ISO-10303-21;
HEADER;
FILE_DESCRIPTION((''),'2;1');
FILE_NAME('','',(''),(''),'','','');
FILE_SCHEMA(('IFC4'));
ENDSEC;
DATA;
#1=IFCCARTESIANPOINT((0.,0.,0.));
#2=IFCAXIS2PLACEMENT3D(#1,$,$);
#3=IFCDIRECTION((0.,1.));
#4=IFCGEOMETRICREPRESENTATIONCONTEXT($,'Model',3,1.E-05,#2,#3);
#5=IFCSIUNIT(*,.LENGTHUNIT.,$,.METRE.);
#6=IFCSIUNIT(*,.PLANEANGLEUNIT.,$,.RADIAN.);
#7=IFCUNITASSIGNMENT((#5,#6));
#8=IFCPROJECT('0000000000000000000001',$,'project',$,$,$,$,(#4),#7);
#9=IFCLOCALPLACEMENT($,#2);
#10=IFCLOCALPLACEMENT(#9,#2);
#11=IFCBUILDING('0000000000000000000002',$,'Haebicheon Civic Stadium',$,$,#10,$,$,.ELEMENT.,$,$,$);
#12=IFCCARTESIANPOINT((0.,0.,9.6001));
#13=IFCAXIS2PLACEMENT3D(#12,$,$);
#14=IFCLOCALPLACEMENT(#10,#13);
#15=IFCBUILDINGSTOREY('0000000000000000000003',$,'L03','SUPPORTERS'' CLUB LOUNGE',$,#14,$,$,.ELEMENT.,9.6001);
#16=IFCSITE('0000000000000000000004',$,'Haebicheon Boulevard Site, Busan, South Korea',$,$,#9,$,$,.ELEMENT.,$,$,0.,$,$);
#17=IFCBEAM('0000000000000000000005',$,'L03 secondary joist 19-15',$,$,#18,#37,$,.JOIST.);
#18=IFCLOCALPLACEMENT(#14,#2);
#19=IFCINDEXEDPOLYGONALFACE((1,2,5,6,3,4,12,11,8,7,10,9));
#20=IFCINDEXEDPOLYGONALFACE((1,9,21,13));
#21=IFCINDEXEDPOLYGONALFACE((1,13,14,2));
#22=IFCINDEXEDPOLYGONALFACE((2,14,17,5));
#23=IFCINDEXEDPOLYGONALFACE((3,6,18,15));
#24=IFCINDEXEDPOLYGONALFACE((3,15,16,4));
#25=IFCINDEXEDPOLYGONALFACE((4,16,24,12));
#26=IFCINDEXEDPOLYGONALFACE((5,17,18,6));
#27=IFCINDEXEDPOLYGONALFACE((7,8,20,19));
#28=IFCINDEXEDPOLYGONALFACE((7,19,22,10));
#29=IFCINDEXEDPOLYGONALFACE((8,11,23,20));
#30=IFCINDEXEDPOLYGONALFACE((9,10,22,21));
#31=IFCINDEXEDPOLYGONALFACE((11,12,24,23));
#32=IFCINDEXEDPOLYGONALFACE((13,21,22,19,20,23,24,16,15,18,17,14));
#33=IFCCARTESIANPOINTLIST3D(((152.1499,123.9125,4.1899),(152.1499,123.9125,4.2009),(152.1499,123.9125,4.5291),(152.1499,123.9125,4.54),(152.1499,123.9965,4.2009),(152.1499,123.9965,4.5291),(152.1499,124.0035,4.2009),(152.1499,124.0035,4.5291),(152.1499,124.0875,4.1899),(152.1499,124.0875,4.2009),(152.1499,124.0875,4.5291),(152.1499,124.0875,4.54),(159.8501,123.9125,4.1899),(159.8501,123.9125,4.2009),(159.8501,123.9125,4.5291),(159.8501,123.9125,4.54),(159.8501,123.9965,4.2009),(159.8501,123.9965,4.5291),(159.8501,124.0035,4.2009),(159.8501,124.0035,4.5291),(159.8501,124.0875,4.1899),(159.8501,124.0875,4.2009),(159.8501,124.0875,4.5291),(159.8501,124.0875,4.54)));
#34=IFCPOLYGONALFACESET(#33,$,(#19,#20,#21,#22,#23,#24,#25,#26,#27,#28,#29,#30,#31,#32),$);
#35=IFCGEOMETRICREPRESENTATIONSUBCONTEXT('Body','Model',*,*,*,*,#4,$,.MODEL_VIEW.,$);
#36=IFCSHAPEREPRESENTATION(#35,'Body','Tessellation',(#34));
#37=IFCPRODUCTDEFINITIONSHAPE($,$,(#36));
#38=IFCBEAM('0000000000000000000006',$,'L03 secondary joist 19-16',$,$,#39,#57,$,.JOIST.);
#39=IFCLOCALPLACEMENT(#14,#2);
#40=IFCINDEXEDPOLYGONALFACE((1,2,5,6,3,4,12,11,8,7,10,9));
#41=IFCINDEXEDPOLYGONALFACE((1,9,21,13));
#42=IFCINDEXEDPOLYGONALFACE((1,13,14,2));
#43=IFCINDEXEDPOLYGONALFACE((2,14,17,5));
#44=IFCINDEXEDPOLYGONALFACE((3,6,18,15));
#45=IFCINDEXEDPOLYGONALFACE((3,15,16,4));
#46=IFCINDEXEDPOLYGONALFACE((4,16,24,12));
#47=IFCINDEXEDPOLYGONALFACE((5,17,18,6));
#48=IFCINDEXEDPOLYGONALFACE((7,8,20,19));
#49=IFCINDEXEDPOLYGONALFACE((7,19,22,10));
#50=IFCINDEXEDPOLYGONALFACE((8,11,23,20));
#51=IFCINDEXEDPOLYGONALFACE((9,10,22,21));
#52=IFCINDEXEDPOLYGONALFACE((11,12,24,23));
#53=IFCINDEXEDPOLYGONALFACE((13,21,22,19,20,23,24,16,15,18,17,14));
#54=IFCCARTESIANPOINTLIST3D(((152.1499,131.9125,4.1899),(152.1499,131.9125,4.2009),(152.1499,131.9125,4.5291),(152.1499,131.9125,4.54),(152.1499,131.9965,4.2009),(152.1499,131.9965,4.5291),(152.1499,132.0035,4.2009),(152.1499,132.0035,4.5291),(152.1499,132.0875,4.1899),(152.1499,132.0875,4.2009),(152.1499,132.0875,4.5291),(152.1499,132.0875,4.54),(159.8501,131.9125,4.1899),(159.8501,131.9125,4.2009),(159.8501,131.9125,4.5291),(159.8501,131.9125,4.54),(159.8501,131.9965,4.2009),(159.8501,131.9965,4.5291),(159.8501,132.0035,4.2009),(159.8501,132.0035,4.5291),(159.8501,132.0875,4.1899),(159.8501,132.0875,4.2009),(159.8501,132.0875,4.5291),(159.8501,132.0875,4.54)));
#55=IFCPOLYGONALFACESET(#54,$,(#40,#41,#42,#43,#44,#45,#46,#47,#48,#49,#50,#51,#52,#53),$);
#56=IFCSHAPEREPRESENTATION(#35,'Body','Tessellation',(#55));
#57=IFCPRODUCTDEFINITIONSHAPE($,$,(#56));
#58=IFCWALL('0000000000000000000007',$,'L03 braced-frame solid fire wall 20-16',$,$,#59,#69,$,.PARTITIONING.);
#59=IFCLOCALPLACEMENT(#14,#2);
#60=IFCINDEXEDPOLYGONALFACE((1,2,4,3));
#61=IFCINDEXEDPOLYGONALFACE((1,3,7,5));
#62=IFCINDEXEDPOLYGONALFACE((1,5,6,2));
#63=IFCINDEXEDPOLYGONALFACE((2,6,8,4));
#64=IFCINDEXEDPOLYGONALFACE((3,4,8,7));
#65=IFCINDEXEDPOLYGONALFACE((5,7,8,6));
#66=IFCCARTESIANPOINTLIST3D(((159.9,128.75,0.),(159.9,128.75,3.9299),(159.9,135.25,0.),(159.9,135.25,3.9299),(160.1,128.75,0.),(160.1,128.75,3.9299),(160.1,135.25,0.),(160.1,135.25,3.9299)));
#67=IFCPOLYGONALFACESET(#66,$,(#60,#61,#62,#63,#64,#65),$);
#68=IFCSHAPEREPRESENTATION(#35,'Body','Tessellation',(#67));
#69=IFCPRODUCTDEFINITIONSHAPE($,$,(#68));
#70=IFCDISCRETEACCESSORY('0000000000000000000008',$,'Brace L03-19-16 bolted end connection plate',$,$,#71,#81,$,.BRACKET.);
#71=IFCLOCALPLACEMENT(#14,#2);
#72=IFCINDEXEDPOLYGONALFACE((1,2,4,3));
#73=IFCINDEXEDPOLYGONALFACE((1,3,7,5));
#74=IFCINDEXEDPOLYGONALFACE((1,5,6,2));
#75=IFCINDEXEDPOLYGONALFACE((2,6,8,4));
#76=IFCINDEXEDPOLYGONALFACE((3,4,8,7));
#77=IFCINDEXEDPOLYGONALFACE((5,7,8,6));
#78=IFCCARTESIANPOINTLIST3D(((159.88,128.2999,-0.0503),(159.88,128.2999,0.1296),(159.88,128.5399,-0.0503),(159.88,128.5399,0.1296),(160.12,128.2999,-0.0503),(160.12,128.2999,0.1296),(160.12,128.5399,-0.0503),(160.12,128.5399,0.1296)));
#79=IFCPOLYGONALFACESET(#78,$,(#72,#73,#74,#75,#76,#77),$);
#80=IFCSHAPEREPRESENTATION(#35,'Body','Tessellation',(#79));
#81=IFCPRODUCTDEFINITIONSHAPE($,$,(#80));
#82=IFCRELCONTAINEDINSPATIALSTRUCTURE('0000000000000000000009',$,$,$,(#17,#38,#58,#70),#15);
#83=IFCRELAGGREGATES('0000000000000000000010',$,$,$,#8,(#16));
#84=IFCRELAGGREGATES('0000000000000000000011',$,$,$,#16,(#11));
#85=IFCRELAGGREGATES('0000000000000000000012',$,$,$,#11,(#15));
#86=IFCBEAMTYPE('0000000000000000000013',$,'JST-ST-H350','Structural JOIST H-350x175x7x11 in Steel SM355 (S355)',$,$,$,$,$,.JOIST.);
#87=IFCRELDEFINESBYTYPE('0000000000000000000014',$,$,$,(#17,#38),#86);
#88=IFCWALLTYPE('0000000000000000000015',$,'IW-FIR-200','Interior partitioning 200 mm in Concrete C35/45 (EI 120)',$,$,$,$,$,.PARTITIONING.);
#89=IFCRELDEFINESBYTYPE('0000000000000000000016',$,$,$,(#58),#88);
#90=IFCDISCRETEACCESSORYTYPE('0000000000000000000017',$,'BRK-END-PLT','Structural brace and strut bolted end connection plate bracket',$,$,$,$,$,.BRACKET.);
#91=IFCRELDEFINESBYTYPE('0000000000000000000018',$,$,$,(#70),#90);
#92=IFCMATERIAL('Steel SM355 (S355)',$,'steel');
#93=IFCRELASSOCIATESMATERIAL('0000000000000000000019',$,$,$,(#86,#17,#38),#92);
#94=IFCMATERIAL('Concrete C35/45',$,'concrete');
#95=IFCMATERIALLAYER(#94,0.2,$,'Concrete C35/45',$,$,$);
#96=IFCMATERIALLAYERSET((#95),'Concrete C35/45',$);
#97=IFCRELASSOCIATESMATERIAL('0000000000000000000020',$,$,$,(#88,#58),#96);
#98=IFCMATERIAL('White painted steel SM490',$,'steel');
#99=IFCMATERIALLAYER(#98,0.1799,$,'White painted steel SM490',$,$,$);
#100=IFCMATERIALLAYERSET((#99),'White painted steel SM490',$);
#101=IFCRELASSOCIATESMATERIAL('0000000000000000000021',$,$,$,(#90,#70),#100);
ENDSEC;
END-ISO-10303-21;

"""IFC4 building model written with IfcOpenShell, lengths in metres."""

from ifc_helpers import new_model, si_unit, direction, frame, frame_2d, origin, origin_2d, place, context, subcontext, project, spatial, rectangle, i_section, extrude, material, layer, layer_set, material_profile, profile_set, type_object, element, save


model = new_model("IFC4")

# Units and contexts
model_context = context("Model", 3, precision=1e-05, world=origin(), true_north=direction((0.0, 1.0)))
body_context = subcontext(model_context, "Body", "Model", "MODEL_VIEW")
ifc_project = project(units=[si_unit("LENGTHUNIT", "METRE"), si_unit("PLANEANGLEUNIT", "RADIAN")], contexts=[model_context])

# Site, building, storey
site_placement = place(None, origin())
site = spatial("IfcSite", under=ifc_project, at=site_placement, Name="Haebicheon Boulevard Site, Busan, South Korea", CompositionType="ELEMENT", RefElevation=0.0)
building_placement = place(site_placement, origin())
building = spatial("IfcBuilding", under=site, at=building_placement, Name="Haebicheon Civic Stadium", CompositionType="ELEMENT")
storey_placement = place(building_placement, frame((0.0, 0.0, 9.6001)))
storey = spatial("IfcBuildingStorey", under=building, at=storey_placement, Name="L03", Description="SUPPORTERS' CLUB LOUNGE", CompositionType="ELEMENT", Elevation=9.6001)

# Beams
ifc_material_1 = material(Name="Steel SM355 (S355)", Category="steel")
ifc_material_profile_1 = material_profile(ifc_material_1, i_section(OverallWidth=0.175, OverallDepth=0.3501, WebThickness=0.0071, FlangeThickness=0.011, at=origin_2d()), Name="H-350x175x7x11")
ifc_profile_set_1 = profile_set([ifc_material_profile_1], Name="Steel SM355 (S355)")
beam_type_1 = type_object("IfcBeamType", Name="JST-ST-H350", Description="Structural JOIST H-350x175x7x11 in Steel SM355 (S355)", PredefinedType="JOIST", material=ifc_profile_set_1)
for number, where, z_axis, x_axis, name in (
    (1, (152.1499, 124.0, 4.365), (1.0, 0.0, 0.0), (0.0, 1.0, 0.0), "L03 secondary joist 19-15"),
    (2, (152.1499, 132.0, 4.365), (1.0, 0.0, 0.0), (0.0, 1.0, 0.0), "L03 secondary joist 19-16"),
):
    element("IfcBeam", number, at=place(storey_placement, frame(where, z_axis=z_axis, x_axis=x_axis)), inside=storey, type_object=beam_type_1, material=ifc_profile_set_1, Name=name, PredefinedType="JOIST", context=body_context, shape_type="SweptSolid", body=[
        extrude(i_section(OverallWidth=0.175, OverallDepth=0.3501, WebThickness=0.0071, FlangeThickness=0.011, at=origin_2d()), origin(), (0.0, 0.0, 1.0), 7.7002),
    ])

# Wall
ifc_material_2 = material(Name="Concrete C35/45", Category="concrete")
ifc_layer_1 = layer(ifc_material_2, 0.2, Name="Concrete C35/45")
ifc_layer_set_1 = layer_set([ifc_layer_1], Name="Concrete C35/45")
wall_type_1 = type_object("IfcWallType", Name="IW-FIR-200", Description="Interior partitioning 200 mm in Concrete C35/45 (EI 120)", PredefinedType="PARTITIONING", material=ifc_layer_set_1)
wall_1_placement = place(storey_placement, frame((160.0, 128.75, 0.0), z_axis=(0.0, 0.0, 1.0), x_axis=(0.0, 1.0, 0.0)))
element("IfcWall", 3, at=wall_1_placement, inside=storey, type_object=wall_type_1, material=ifc_layer_set_1, Name="L03 braced-frame solid fire wall 20-16", PredefinedType="PARTITIONING", context=body_context, shape_type="SweptSolid", body=[
    extrude(rectangle(XDim=6.5, YDim=0.2, at=frame_2d((3.25, 0.0))), origin(), (0.0, 0.0, 1.0), 3.9299),
])

# Discrete accessory
ifc_material_3 = material(Name="White painted steel SM490", Category="steel")
ifc_layer_2 = layer(ifc_material_3, 0.1799, Name="White painted steel SM490")
ifc_layer_set_2 = layer_set([ifc_layer_2], Name="White painted steel SM490")
discrete_accessory_type = type_object("IfcDiscreteAccessoryType", Name="BRK-END-PLT", Description="Structural brace and strut bolted end connection plate bracket", PredefinedType="BRACKET", material=ifc_layer_set_2)
discrete_accessory_placement = place(storey_placement, frame((160.0, 128.4199, -0.0503), z_axis=(0.0, 0.0, 1.0), x_axis=(1.0, 0.0, 0.0)))
element("IfcDiscreteAccessory", 4, at=discrete_accessory_placement, inside=storey, type_object=discrete_accessory_type, material=ifc_layer_set_2, Name="Brace L03-19-16 bolted end connection plate", PredefinedType="BRACKET", context=body_context, shape_type="SweptSolid", body=[
    extrude(rectangle(XDim=0.24, YDim=0.24, at=origin_2d()), origin(), (0.0, 0.0, 1.0), 0.1799),
])

save(model, "model.ifc")
